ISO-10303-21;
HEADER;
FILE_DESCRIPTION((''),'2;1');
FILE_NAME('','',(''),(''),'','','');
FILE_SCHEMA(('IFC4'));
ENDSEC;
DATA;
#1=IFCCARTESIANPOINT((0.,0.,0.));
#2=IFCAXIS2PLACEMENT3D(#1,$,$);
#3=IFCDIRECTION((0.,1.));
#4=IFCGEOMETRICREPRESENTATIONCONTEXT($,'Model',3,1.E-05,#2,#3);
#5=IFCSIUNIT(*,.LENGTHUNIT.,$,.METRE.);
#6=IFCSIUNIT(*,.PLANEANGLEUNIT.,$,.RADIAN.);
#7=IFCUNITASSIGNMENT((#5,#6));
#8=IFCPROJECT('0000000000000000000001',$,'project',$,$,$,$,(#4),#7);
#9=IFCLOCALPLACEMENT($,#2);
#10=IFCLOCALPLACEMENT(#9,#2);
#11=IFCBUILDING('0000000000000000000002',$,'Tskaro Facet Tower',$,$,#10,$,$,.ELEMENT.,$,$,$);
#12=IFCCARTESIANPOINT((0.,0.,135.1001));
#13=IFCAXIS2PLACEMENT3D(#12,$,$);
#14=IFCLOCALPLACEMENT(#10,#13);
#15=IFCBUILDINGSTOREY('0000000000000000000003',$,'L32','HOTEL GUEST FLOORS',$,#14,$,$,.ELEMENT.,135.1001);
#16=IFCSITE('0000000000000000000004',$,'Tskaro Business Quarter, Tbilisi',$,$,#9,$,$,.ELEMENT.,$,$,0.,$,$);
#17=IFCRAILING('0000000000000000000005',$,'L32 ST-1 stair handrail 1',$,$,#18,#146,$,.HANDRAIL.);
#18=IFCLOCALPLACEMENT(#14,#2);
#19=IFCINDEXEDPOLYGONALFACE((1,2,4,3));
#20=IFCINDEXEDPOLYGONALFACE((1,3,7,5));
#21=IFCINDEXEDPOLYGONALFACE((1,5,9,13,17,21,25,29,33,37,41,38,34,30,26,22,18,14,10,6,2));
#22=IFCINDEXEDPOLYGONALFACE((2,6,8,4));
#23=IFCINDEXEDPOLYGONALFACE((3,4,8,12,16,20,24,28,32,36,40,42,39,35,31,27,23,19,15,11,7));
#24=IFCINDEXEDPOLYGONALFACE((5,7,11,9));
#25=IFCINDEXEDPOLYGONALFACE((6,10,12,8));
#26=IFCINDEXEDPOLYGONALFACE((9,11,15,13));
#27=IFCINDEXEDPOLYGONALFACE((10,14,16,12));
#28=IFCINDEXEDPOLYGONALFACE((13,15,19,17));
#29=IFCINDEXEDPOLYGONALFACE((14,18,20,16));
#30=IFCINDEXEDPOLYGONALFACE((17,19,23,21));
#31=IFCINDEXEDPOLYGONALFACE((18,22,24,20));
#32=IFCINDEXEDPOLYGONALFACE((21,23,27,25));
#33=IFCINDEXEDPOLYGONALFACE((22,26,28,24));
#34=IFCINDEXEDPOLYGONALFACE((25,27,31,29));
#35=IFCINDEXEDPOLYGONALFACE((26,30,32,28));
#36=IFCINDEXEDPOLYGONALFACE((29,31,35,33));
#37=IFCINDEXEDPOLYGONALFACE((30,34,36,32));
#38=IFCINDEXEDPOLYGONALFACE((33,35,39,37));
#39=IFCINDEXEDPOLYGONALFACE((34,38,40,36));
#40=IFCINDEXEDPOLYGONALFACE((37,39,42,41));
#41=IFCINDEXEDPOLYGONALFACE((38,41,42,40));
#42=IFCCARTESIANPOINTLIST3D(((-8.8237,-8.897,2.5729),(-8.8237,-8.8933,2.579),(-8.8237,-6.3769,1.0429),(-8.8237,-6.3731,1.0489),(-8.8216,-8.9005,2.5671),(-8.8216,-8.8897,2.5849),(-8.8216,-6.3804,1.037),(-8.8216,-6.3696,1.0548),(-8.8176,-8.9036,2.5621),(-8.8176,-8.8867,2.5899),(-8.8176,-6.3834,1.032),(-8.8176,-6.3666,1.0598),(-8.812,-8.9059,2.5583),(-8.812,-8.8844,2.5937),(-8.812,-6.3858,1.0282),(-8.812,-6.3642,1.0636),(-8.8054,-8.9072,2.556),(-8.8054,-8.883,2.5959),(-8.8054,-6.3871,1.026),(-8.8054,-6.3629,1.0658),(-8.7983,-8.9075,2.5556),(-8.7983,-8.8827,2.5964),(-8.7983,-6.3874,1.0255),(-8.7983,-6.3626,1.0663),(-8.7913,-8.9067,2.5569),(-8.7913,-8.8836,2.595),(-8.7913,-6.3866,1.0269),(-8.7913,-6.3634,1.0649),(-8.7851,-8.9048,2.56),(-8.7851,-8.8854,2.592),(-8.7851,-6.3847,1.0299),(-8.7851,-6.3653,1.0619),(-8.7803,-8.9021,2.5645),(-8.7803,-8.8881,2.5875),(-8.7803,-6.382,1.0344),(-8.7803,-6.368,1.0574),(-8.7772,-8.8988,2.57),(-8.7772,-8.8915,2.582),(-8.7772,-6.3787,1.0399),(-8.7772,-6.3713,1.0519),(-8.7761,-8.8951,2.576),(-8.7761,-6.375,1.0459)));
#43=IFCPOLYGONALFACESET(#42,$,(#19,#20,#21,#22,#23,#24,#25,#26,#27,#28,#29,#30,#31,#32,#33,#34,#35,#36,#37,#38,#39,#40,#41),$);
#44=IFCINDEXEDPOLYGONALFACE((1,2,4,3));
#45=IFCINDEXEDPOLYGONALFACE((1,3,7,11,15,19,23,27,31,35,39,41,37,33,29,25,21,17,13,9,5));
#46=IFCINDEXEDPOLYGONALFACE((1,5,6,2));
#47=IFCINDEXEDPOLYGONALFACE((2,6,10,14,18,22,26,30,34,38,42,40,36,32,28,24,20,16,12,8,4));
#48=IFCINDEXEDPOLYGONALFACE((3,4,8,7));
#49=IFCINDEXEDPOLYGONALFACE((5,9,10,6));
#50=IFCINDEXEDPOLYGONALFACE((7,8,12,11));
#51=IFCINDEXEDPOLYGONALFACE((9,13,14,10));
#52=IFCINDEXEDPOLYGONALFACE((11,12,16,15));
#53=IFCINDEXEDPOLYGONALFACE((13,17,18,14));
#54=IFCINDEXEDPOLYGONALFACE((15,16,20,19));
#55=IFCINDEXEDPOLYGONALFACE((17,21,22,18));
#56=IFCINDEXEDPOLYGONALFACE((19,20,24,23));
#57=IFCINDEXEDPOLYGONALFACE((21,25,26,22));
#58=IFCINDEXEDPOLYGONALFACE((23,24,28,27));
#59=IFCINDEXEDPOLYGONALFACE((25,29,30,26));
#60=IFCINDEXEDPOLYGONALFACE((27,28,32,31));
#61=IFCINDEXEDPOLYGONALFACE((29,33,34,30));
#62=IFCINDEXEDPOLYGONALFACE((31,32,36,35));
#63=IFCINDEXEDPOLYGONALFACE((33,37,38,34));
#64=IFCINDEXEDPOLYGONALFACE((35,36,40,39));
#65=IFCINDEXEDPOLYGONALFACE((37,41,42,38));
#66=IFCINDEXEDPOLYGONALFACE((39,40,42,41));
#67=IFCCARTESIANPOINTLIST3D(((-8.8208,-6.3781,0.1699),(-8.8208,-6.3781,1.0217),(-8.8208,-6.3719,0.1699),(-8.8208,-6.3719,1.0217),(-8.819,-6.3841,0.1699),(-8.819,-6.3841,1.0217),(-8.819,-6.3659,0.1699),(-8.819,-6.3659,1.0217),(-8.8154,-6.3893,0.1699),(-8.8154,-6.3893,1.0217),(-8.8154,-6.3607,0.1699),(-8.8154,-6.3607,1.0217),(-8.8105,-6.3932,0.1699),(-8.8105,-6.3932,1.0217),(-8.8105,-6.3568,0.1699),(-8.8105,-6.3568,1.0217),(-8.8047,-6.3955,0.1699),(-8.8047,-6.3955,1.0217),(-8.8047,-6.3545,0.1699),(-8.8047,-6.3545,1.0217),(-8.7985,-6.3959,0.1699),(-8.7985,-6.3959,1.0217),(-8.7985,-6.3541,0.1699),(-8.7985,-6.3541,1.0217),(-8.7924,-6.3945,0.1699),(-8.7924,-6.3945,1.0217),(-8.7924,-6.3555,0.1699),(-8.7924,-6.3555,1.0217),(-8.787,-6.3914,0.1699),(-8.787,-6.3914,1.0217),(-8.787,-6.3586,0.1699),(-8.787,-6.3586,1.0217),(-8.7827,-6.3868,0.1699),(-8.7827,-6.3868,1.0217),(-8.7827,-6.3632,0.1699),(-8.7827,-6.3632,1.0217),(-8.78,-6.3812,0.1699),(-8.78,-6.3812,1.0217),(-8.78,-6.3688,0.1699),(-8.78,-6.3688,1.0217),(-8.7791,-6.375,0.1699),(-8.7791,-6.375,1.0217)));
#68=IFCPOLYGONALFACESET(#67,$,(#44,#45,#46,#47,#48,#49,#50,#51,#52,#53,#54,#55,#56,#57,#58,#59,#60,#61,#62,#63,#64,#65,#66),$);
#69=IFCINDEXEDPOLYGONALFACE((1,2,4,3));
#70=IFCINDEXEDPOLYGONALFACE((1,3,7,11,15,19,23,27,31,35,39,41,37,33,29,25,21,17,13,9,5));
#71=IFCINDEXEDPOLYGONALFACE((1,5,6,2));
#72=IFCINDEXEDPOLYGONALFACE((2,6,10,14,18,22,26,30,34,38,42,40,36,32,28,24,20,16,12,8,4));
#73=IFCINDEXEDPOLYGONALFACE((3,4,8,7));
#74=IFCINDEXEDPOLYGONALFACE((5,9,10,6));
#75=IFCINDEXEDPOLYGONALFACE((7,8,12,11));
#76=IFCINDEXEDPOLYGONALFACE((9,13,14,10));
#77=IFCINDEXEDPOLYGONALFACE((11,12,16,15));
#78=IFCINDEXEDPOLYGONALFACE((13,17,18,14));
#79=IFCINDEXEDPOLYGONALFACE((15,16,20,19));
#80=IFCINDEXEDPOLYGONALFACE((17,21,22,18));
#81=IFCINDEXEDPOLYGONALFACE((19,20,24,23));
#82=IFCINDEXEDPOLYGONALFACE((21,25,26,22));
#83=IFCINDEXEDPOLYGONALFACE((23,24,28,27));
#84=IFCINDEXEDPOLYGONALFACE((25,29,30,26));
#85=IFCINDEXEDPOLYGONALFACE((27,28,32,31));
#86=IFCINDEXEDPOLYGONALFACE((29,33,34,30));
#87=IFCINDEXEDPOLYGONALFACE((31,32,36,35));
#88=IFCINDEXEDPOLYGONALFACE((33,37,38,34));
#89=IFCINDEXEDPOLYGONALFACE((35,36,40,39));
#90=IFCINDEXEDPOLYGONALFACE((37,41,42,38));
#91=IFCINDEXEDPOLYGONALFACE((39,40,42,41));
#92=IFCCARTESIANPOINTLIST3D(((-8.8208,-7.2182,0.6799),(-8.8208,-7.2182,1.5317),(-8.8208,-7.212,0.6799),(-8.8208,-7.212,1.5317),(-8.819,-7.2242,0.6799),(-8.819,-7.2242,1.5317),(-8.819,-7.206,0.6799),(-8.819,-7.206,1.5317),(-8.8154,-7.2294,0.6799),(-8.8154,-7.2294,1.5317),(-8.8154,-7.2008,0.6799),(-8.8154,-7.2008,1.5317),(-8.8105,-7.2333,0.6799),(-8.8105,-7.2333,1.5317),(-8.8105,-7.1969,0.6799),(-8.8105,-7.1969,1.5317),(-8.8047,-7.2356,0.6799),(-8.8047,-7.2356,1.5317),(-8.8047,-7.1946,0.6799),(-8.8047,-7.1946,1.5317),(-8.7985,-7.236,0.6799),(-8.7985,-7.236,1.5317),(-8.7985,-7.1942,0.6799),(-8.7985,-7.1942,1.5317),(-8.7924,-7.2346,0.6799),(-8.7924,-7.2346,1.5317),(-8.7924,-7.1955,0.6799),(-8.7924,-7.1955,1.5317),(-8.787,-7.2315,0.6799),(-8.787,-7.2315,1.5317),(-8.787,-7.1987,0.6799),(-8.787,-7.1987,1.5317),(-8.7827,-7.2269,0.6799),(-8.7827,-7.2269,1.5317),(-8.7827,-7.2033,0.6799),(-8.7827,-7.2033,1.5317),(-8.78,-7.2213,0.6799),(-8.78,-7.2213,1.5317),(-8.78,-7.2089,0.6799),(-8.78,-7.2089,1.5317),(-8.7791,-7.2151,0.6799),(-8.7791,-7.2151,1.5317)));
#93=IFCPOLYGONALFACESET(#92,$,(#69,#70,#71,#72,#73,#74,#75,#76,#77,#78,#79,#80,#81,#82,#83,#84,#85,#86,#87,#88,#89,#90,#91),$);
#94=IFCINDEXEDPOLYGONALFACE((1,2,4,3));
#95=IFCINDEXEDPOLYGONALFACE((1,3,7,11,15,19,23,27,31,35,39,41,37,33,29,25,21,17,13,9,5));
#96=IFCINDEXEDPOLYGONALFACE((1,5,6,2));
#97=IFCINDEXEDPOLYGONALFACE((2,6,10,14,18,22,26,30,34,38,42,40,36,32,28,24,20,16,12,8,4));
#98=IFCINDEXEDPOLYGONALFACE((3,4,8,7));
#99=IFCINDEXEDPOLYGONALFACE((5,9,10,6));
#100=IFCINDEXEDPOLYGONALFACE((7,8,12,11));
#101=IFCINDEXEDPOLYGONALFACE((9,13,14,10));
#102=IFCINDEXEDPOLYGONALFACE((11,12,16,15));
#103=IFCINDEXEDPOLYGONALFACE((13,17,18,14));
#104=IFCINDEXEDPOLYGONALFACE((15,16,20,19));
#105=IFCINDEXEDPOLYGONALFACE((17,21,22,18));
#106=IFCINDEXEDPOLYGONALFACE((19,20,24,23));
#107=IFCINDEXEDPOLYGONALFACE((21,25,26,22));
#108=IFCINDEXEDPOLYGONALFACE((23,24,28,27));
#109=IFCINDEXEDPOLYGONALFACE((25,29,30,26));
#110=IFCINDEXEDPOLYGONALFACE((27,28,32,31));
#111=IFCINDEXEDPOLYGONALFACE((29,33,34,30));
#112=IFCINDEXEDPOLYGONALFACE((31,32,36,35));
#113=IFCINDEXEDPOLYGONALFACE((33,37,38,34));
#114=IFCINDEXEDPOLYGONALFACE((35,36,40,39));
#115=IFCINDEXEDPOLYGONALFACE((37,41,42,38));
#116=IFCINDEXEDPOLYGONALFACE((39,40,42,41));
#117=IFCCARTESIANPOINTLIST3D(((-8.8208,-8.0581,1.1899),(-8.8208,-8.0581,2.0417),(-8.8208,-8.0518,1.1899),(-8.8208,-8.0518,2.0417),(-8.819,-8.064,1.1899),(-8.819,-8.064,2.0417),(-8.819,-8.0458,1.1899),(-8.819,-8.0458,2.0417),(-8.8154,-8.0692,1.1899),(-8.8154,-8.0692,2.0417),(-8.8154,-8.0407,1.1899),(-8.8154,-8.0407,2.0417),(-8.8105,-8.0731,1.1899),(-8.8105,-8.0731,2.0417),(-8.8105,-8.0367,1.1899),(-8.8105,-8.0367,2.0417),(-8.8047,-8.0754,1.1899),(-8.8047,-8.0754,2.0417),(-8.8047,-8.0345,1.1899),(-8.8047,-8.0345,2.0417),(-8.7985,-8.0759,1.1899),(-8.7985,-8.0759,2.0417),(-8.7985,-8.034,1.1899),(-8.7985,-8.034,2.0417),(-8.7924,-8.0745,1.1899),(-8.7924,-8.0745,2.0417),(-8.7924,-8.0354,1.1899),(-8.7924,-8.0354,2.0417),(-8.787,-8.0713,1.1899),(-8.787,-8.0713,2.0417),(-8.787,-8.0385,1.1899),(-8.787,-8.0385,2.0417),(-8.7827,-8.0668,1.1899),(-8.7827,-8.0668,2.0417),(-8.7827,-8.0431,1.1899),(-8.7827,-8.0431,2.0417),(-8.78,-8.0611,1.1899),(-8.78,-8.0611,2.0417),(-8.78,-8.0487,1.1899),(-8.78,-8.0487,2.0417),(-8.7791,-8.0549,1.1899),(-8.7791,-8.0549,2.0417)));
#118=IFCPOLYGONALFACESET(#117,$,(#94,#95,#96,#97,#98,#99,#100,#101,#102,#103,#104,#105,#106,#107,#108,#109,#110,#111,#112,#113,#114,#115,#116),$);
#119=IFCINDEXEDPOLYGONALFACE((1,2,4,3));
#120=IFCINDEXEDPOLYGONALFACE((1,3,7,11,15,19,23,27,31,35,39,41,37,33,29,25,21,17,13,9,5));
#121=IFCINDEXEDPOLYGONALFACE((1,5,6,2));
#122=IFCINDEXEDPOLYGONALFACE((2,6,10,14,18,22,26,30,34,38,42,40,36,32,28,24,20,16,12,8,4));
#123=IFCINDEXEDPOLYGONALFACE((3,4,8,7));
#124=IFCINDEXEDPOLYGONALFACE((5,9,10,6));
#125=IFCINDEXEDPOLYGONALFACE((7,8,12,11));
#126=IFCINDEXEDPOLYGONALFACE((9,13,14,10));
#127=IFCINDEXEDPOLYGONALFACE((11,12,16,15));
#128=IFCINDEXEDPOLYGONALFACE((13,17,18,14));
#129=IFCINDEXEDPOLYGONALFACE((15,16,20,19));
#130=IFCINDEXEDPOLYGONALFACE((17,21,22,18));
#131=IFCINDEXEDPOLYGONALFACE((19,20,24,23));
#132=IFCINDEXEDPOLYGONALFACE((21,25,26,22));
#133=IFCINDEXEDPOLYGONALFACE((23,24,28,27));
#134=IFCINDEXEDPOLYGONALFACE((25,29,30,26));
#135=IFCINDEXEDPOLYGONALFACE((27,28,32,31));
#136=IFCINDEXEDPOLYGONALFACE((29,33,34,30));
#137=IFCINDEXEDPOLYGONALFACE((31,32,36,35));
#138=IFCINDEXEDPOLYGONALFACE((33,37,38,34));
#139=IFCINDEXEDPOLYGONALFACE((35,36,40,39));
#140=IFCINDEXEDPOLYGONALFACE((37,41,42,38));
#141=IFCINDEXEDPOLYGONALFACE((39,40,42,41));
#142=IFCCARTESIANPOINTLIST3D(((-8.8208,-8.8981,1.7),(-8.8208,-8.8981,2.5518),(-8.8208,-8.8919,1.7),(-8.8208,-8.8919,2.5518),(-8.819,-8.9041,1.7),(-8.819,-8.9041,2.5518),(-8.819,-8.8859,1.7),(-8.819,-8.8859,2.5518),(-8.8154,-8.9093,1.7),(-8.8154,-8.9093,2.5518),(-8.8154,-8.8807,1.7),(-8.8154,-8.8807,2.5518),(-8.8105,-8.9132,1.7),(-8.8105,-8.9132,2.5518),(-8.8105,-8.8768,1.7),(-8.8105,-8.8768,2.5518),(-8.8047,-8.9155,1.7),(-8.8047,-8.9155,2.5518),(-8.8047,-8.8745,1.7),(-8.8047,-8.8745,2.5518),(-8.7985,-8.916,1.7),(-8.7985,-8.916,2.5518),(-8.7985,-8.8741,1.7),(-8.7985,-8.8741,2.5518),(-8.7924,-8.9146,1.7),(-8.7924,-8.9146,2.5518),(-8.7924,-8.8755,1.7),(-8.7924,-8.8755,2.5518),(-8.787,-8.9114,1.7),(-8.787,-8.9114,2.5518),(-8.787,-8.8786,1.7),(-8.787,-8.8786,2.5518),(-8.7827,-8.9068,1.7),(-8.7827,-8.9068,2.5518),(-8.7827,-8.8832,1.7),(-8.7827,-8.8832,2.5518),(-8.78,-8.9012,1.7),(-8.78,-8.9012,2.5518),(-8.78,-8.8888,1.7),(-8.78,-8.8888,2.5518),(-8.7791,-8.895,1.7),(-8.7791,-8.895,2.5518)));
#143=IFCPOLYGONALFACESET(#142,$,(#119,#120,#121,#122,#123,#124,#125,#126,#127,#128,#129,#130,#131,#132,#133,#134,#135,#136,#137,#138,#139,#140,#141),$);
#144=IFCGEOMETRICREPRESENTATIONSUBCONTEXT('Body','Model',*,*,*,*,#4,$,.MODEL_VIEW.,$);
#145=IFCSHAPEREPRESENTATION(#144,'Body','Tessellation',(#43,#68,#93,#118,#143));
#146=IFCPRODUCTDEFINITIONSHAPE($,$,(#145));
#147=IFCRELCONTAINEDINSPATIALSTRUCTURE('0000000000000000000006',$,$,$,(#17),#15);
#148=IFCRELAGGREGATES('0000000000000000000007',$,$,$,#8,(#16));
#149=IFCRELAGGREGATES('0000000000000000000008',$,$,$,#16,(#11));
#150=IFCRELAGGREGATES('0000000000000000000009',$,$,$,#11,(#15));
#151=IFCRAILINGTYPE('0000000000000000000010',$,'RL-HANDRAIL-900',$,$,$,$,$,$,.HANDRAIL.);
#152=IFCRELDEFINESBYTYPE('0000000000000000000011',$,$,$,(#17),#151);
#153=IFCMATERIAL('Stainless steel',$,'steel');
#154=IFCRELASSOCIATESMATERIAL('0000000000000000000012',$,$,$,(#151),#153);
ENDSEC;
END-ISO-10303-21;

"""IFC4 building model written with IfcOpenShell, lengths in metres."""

from ifc_helpers import new_model, si_unit, direction, frame, origin, origin_2d, place, context, subcontext, project, spatial, circle, extrude, material, type_object, element, save


model = new_model("IFC4")

# Units and contexts
model_context = context("Model", 3, precision=1e-05, world=origin(), true_north=direction((0.0, 1.0)))
body_context = subcontext(model_context, "Body", "Model", "MODEL_VIEW")
ifc_project = project(units=[si_unit("LENGTHUNIT", "METRE"), si_unit("PLANEANGLEUNIT", "RADIAN")], contexts=[model_context])

# Site, building, storey
site_placement = place(None, origin())
site = spatial("IfcSite", under=ifc_project, at=site_placement, Name="Tskaro Business Quarter, Tbilisi", CompositionType="ELEMENT", RefElevation=0.0)
building_placement = place(site_placement, origin())
building = spatial("IfcBuilding", under=site, at=building_placement, Name="Tskaro Facet Tower", CompositionType="ELEMENT")
storey_placement = place(building_placement, frame((0.0, 0.0, 135.1001)))
storey = spatial("IfcBuildingStorey", under=building, at=storey_placement, Name="L32", Description="HOTEL GUEST FLOORS", CompositionType="ELEMENT", Elevation=135.1001)

# Shared definitions
ifc_material_1 = material(Name="Stainless steel", Category="steel")

# Railing
railing_type_1 = type_object("IfcRailingType", Name="RL-HANDRAIL-900", PredefinedType="HANDRAIL", material=ifc_material_1)
railing_1_placement = place(storey_placement, frame((-8.8, -6.375, 0.1699)))
element("IfcRailing", 1, at=railing_1_placement, inside=storey, type_object=railing_type_1, Name="L32 ST-1 stair handrail 1", PredefinedType="HANDRAIL", context=body_context, shape_type="SweptSolid", body=[
    extrude(circle(Radius=0.0239, at=origin_2d()), frame((0.0, 0.0, 0.876), z_axis=(0.0, -0.854785, 0.518982), x_axis=(1.0, 0.0, 0.0)), (0.0, 0.0, 1.0), 2.9482),
    extrude(circle(Radius=0.021, at=origin_2d()), origin(), (0.0, 0.0, 1.0), 0.8518),
    extrude(circle(Radius=0.021, at=origin_2d()), frame((0.0, -0.8401, 0.51)), (0.0, 0.0, 1.0), 0.8518),
    extrude(circle(Radius=0.021, at=origin_2d()), frame((0.0, -1.6799, 1.02)), (0.0, 0.0, 1.0), 0.8518),
    extrude(circle(Radius=0.021, at=origin_2d()), frame((0.0, -2.52, 1.53)), (0.0, 0.0, 1.0), 0.8518),
])

save(model, "model.ifc")
